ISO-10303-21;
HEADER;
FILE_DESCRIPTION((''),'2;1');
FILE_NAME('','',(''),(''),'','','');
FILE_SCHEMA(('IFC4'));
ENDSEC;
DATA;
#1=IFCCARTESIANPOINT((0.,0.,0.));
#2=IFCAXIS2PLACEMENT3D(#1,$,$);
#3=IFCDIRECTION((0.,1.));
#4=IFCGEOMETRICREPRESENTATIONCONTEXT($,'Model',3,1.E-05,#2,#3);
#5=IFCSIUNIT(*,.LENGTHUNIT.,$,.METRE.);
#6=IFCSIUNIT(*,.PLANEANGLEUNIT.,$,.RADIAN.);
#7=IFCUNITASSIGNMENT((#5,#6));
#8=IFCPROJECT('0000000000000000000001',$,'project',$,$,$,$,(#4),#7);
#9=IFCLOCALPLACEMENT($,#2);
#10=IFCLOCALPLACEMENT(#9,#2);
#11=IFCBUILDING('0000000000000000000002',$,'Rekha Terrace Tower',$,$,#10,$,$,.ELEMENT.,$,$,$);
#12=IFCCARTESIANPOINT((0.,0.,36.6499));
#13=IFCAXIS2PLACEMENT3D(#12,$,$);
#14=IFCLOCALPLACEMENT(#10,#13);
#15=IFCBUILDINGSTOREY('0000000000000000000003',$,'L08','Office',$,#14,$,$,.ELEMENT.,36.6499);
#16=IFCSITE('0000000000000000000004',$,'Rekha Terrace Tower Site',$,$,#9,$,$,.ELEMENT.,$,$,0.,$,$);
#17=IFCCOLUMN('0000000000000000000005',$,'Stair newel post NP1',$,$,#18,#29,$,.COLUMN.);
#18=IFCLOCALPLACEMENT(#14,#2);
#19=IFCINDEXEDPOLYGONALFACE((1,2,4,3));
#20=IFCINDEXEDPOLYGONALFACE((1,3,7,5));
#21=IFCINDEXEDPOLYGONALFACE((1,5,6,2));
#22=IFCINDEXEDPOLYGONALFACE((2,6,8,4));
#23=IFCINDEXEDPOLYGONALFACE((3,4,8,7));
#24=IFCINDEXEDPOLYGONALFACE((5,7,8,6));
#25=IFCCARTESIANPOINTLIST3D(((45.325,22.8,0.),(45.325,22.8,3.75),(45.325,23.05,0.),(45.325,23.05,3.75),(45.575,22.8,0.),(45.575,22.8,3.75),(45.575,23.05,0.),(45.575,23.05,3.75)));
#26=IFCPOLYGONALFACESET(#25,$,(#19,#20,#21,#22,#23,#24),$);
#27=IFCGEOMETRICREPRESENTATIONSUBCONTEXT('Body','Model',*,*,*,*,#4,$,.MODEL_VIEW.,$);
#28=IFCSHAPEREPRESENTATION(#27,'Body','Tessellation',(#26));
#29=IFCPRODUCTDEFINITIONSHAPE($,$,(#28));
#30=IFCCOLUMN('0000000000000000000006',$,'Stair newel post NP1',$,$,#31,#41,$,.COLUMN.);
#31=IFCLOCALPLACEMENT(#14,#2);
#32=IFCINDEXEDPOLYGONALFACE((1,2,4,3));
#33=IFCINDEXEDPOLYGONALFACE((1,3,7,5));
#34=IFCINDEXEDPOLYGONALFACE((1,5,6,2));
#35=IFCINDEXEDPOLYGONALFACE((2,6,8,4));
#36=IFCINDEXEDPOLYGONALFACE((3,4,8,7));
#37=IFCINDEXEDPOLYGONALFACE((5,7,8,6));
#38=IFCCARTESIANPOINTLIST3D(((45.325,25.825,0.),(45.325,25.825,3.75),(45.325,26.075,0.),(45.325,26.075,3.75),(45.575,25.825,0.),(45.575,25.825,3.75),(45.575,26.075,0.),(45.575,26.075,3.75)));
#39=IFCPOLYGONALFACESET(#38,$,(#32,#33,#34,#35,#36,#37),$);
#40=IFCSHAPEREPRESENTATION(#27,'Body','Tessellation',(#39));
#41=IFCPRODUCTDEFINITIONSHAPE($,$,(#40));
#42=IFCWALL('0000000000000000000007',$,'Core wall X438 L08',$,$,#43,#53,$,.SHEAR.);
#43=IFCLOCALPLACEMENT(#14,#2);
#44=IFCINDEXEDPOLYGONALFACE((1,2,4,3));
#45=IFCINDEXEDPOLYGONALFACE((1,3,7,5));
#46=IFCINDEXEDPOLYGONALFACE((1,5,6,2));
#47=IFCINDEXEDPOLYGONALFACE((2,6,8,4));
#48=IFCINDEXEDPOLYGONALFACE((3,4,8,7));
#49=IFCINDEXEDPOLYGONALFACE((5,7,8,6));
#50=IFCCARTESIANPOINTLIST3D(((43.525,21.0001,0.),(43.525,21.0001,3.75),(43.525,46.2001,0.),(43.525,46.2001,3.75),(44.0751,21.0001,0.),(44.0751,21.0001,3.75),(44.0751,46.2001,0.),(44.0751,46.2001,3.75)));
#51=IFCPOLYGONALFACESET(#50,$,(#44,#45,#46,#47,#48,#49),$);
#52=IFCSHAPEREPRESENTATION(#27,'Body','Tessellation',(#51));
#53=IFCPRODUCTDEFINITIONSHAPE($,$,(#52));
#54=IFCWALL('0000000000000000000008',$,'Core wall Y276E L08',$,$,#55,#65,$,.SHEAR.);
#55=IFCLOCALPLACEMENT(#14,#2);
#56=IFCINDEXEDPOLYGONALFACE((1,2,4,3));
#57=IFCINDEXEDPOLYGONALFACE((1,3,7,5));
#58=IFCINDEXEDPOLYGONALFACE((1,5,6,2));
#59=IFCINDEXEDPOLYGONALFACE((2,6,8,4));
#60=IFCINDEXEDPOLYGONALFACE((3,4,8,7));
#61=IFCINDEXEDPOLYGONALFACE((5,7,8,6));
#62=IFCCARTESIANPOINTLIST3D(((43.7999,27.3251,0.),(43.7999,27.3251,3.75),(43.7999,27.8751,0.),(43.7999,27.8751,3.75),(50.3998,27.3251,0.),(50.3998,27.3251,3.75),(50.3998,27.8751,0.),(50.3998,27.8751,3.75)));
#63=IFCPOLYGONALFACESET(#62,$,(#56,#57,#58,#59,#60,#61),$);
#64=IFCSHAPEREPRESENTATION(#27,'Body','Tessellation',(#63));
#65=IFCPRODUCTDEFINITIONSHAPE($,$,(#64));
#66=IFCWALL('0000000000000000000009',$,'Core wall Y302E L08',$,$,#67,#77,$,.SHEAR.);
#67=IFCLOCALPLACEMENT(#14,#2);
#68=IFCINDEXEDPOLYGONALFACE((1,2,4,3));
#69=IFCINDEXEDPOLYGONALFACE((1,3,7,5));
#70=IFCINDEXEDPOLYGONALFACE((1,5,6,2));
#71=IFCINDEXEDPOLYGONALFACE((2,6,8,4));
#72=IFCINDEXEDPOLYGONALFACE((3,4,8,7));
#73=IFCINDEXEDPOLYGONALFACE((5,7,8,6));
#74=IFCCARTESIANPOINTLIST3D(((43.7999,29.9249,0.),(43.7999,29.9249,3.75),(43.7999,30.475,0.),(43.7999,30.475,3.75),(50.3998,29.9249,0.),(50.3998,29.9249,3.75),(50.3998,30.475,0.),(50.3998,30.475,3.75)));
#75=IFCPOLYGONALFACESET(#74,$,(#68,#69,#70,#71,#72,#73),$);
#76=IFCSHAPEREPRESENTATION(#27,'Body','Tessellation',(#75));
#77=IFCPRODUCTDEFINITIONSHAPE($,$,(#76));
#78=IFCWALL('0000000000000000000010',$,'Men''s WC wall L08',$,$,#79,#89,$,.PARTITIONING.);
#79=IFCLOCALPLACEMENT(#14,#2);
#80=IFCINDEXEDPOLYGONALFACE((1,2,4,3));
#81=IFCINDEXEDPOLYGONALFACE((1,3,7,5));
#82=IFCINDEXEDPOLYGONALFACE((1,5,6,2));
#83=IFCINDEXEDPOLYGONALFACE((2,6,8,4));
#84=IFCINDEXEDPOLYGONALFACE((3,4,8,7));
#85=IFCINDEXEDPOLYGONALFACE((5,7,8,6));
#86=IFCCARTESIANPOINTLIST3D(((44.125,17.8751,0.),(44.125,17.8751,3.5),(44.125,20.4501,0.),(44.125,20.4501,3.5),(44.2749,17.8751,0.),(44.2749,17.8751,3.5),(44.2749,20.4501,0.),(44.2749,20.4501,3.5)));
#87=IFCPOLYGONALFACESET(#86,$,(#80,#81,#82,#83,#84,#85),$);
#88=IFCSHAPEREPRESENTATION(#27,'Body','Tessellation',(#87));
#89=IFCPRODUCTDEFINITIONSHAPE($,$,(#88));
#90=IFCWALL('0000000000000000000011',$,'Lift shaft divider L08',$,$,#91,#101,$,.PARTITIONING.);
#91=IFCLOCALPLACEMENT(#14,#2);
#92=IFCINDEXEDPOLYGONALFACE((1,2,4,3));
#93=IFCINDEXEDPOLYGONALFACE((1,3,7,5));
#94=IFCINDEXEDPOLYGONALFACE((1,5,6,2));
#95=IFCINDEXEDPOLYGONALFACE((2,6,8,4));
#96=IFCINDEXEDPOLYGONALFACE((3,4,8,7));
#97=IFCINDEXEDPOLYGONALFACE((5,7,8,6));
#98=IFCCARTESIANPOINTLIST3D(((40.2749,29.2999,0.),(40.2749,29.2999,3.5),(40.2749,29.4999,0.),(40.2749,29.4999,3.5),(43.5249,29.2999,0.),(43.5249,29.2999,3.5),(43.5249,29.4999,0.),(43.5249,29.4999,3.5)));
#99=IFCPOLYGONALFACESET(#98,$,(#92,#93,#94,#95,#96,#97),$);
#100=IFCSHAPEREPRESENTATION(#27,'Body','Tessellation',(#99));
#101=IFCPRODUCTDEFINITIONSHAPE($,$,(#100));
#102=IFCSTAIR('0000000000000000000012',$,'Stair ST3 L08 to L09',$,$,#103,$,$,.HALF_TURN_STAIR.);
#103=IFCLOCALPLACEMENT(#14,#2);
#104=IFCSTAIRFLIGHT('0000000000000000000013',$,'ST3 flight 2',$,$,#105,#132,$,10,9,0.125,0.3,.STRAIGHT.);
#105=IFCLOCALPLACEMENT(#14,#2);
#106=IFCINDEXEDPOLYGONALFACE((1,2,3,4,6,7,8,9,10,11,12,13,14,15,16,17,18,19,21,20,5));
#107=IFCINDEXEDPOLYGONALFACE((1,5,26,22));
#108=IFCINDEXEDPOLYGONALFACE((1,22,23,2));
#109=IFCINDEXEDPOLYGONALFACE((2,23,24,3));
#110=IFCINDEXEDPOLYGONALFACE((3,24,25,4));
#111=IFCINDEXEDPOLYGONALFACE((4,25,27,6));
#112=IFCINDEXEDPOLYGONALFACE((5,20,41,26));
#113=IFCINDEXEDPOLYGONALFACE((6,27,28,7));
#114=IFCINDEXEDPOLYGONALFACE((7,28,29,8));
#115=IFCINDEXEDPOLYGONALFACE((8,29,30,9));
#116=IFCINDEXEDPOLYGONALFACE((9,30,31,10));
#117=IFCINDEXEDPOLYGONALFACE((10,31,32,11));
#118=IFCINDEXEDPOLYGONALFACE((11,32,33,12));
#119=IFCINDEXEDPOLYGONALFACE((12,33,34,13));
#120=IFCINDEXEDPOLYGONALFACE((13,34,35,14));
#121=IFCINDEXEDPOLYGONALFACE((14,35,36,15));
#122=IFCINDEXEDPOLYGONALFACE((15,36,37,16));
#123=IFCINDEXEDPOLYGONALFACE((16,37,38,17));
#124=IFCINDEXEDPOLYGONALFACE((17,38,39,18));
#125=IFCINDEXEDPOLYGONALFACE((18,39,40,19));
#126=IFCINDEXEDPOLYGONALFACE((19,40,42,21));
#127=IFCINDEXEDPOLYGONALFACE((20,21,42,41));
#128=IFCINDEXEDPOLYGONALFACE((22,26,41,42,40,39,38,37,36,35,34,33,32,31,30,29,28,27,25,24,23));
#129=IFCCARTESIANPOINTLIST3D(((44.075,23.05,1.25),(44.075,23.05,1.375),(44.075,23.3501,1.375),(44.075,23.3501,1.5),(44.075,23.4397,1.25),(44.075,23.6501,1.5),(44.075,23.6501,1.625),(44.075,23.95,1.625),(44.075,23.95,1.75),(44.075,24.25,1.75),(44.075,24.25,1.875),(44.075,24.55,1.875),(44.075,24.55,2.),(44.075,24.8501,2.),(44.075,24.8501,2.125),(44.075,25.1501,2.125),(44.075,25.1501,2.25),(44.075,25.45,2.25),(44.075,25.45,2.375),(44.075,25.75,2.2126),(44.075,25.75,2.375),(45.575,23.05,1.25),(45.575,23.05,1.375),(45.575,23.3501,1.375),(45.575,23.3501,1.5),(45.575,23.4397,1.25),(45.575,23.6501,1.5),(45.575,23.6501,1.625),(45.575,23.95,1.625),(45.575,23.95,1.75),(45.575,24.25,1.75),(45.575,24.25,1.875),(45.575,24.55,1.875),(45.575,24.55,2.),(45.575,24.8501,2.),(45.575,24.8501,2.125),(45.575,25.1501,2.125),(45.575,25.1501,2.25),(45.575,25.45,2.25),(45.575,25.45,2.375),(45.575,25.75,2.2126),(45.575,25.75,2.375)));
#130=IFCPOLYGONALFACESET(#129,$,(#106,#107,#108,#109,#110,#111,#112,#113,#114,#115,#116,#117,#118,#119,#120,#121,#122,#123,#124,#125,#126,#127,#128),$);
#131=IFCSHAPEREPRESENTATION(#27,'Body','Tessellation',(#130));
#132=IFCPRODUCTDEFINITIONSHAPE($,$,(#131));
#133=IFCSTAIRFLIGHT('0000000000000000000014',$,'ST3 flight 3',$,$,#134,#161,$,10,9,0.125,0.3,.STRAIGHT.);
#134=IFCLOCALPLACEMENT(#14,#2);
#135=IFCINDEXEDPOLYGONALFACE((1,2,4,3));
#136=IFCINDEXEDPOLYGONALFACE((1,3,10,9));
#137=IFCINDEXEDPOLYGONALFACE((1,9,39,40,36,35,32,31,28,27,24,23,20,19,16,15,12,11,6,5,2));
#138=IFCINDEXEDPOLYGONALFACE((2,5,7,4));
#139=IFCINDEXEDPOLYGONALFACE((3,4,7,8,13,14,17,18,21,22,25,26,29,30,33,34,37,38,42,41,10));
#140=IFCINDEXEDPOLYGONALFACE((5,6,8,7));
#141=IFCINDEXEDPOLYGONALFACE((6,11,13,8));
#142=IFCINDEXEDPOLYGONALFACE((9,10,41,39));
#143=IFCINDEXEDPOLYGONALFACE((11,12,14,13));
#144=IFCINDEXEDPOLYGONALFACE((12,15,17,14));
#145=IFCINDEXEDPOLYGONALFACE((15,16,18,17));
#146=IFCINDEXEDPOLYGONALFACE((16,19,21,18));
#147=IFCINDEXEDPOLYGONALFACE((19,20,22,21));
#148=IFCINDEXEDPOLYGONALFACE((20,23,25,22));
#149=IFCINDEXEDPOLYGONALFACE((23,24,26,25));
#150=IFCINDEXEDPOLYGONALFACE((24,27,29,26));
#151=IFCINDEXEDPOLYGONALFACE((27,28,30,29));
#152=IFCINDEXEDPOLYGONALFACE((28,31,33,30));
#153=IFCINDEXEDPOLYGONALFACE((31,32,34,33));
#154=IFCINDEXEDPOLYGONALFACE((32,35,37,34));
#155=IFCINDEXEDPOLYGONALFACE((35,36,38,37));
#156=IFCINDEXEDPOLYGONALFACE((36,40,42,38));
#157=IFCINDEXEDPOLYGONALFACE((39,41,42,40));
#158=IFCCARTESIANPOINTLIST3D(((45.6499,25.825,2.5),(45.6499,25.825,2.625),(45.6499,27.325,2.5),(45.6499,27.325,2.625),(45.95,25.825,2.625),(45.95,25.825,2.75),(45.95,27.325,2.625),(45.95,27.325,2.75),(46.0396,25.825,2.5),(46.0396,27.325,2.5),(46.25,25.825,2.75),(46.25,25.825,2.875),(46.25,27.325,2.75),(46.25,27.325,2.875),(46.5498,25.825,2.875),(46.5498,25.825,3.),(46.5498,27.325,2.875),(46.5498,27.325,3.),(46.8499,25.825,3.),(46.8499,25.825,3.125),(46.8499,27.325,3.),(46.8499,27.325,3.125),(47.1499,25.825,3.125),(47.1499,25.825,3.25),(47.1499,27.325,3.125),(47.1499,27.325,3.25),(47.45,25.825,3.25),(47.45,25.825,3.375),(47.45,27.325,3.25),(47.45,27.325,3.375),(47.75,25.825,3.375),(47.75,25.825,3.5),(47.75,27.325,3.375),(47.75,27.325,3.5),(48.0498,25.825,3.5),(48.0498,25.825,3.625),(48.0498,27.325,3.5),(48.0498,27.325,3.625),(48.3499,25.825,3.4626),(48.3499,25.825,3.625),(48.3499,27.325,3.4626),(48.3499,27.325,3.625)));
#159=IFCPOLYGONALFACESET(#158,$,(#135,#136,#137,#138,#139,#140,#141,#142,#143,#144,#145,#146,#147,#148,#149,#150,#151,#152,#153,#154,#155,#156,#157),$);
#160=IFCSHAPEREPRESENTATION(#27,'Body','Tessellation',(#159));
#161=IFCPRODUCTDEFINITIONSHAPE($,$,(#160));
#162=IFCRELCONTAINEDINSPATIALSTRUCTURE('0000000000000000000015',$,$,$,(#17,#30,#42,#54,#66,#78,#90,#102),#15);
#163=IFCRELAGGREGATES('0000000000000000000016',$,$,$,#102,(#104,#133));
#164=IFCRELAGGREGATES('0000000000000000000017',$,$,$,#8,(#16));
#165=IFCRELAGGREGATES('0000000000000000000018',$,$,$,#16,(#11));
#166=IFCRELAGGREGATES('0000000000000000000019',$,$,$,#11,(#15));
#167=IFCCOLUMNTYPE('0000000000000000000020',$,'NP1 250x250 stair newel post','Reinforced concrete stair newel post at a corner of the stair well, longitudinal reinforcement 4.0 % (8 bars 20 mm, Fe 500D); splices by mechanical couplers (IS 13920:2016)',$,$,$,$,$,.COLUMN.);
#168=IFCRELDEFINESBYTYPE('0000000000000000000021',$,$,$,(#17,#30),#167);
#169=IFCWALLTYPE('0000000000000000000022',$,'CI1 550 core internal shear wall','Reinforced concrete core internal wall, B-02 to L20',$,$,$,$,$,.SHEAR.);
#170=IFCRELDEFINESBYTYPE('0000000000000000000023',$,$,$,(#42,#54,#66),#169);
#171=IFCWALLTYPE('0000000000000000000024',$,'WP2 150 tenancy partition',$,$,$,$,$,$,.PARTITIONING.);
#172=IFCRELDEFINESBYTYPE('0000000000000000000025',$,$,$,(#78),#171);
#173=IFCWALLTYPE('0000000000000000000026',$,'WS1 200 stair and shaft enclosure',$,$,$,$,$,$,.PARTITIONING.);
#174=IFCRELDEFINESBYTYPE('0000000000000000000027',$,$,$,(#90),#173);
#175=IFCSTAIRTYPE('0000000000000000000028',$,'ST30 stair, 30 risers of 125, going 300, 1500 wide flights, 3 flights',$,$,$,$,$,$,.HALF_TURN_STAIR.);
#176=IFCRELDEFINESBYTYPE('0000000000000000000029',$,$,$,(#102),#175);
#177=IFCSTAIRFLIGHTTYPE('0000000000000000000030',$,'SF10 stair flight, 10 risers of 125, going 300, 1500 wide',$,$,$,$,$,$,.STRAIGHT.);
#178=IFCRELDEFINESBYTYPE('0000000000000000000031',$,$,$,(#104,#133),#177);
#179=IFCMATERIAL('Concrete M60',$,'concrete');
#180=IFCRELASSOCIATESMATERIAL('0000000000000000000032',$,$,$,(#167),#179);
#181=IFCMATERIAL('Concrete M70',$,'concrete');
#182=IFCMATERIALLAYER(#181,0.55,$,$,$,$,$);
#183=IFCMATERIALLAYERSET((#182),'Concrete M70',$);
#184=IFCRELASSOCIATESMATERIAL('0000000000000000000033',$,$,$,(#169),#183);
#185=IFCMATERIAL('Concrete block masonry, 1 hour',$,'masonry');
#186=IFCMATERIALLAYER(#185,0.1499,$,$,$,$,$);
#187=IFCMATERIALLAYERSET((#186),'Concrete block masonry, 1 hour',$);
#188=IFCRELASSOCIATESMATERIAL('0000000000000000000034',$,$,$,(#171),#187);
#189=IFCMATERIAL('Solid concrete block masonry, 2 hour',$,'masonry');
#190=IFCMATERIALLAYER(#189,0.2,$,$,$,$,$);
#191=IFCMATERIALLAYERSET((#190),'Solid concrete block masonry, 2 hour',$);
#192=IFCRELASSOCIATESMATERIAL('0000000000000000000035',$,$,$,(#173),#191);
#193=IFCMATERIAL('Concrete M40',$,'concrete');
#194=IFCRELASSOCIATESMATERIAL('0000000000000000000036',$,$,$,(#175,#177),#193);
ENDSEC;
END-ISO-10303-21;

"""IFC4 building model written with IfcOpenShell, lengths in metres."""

from ifc_helpers import new_model, si_unit, direction, frame, frame_2d, origin, origin_2d, place, context, subcontext, project, spatial, polyline, rectangle, outline, extrude, material, layer, layer_set, material_profile, profile_set, type_object, element, aggregate, save


model = new_model("IFC4")

# Units and contexts
model_context = context("Model", 3, precision=1e-05, world=origin(), true_north=direction((0.0, 1.0)))
body_context = subcontext(model_context, "Body", "Model", "MODEL_VIEW")
ifc_project = project(units=[si_unit("LENGTHUNIT", "METRE"), si_unit("PLANEANGLEUNIT", "RADIAN")], contexts=[model_context])

# Site, building, storey
site_placement = place(None, origin())
site = spatial("IfcSite", under=ifc_project, at=site_placement, Name="Rekha Terrace Tower Site", CompositionType="ELEMENT", RefElevation=0.0)
building_placement = place(site_placement, origin())
building = spatial("IfcBuilding", under=site, at=building_placement, Name="Rekha Terrace Tower", CompositionType="ELEMENT")
storey_placement = place(building_placement, frame((0.0, 0.0, 36.6499)))
storey = spatial("IfcBuildingStorey", under=building, at=storey_placement, Name="L08", Description="Office", CompositionType="ELEMENT", Elevation=36.6499)

# Columns
ifc_material_1 = material(Name="Concrete M60", Category="concrete")
ifc_material_profile = material_profile(ifc_material_1, rectangle(XDim=0.25, YDim=0.25, at=origin_2d()), Name="RC 250x250")
ifc_profile_set = profile_set([ifc_material_profile], Name="Concrete M60")
column_type = type_object("IfcColumnType", Name="NP1 250x250 stair newel post", Description="Reinforced concrete stair newel post at a corner of the stair well, longitudinal reinforcement 4.0 % (8 bars 20 mm, Fe 500D); splices by mechanical couplers (IS 13920:2016)", PredefinedType="COLUMN", material=ifc_profile_set)
for number, where, z_axis, x_axis, name in (
    (1, (45.45, 22.925, 0.0), (0.0, 0.0, 1.0), (1.0, 0.0, 0.0), "Stair newel post NP1"),
    (2, (45.45, 25.95, 0.0), (0.0, 0.0, 1.0), (1.0, 0.0, 0.0), "Stair newel post NP1"),
):
    element("IfcColumn", number, at=place(storey_placement, frame(where, z_axis=z_axis, x_axis=x_axis)), inside=storey, type_object=column_type, Name=name, PredefinedType="COLUMN", context=body_context, shape_type="SweptSolid", body=[
        extrude(rectangle(XDim=0.25, YDim=0.25, at=origin_2d()), origin(), (0.0, 0.0, 1.0), 3.75),
    ])

# Walls
ifc_material_2 = material(Name="Concrete M70", Category="concrete")
ifc_layer_1 = layer(ifc_material_2, 0.55)
ifc_layer_set_1 = layer_set([ifc_layer_1], Name="Concrete M70")
wall_type_1 = type_object("IfcWallType", Name="CI1 550 core internal shear wall", Description="Reinforced concrete core internal wall, B-02 to L20", PredefinedType="SHEAR", material=ifc_layer_set_1)
wall_1_placement = place(storey_placement, frame((43.8, 21.0, 0.0), z_axis=(0.0, 0.0, 1.0), x_axis=(0.0, 1.0, 0.0)))
element("IfcWall", 3, at=wall_1_placement, inside=storey, type_object=wall_type_1, Name="Core wall X438 L08", PredefinedType="SHEAR", context=body_context, shape_type="SweptSolid", body=[
    extrude(rectangle(XDim=25.2, YDim=0.55, at=frame_2d((12.6001, 0.0))), origin(), (0.0, 0.0, 1.0), 3.75),
])
for number, where, z_axis, x_axis, name in (
    (4, (43.8, 27.6001, 0.0), (0.0, 0.0, 1.0), (1.0, 0.0, 0.0), "Core wall Y276E L08"),
    (5, (43.8, 30.2, 0.0), (0.0, 0.0, 1.0), (1.0, 0.0, 0.0), "Core wall Y302E L08"),
):
    element("IfcWall", number, at=place(storey_placement, frame(where, z_axis=z_axis, x_axis=x_axis)), inside=storey, type_object=wall_type_1, Name=name, PredefinedType="SHEAR", context=body_context, shape_type="SweptSolid", body=[
        extrude(rectangle(XDim=6.5999, YDim=0.55, at=frame_2d((3.2998, 0.0))), origin(), (0.0, 0.0, 1.0), 3.75),
    ])
ifc_material_3 = material(Name="Concrete block masonry, 1 hour", Category="masonry")
ifc_layer_2 = layer(ifc_material_3, 0.1499)
ifc_layer_set_2 = layer_set([ifc_layer_2], Name="Concrete block masonry, 1 hour")
wall_type_2 = type_object("IfcWallType", Name="WP2 150 tenancy partition", PredefinedType="PARTITIONING", material=ifc_layer_set_2)
wall_2_placement = place(storey_placement, frame((44.2, 17.875, 0.0), z_axis=(0.0, 0.0, 1.0), x_axis=(0.0, 1.0, 0.0)))
element("IfcWall", 6, at=wall_2_placement, inside=storey, type_object=wall_type_2, Name="Men's WC wall L08", PredefinedType="PARTITIONING", context=body_context, shape_type="SweptSolid", body=[
    extrude(rectangle(XDim=2.575, YDim=0.1499, at=frame_2d((1.2876, 0.0))), origin(), (0.0, 0.0, 1.0), 3.5),
])
ifc_material_4 = material(Name="Solid concrete block masonry, 2 hour", Category="masonry")
ifc_layer_3 = layer(ifc_material_4, 0.2)
ifc_layer_set_3 = layer_set([ifc_layer_3], Name="Solid concrete block masonry, 2 hour")
wall_type_3 = type_object("IfcWallType", Name="WS1 200 stair and shaft enclosure", PredefinedType="PARTITIONING", material=ifc_layer_set_3)
wall_3_placement = place(storey_placement, frame((40.2749, 29.3999, 0.0), z_axis=(0.0, 0.0, 1.0), x_axis=(1.0, 0.0, 0.0)))
element("IfcWall", 7, at=wall_3_placement, inside=storey, type_object=wall_type_3, Name="Lift shaft divider L08", PredefinedType="PARTITIONING", context=body_context, shape_type="SweptSolid", body=[
    extrude(rectangle(XDim=3.25, YDim=0.2, at=frame_2d((1.625, 0.0))), origin(), (0.0, 0.0, 1.0), 3.5),
])

# Stair, stair flights
ifc_material_5 = material(Name="Concrete M40", Category="concrete")
stair_type = type_object("IfcStairType", Name="ST30 stair, 30 risers of 125, going 300, 1500 wide flights, 3 flights", PredefinedType="HALF_TURN_STAIR", material=ifc_material_5)
stair_placement = place(storey_placement, origin())
stair = element("IfcStair", 8, at=stair_placement, inside=storey, type_object=stair_type, Name="Stair ST3 L08 to L09", PredefinedType="HALF_TURN_STAIR")
stair_flight_type = type_object("IfcStairFlightType", Name="SF10 stair flight, 10 risers of 125, going 300, 1500 wide", PredefinedType="STRAIGHT", material=ifc_material_5)
stair_flight_1_placement = place(storey_placement, frame((44.825, 23.05, 1.25), z_axis=(0.0, 0.0, 1.0), x_axis=(0.0, 1.0, 0.0)))
stair_flight_1 = element("IfcStairFlight", 9, at=stair_flight_1_placement, type_object=stair_flight_type, Name="ST3 flight 2", NumberOfRisers=10, NumberOfTreads=9, PredefinedType="STRAIGHT", RiserHeight=0.125, TreadLength=0.3, context=body_context, shape_type="SweptSolid", body=[
    extrude(outline(polyline([(0.0, 0.0), (0.0, 0.125), (0.3, 0.125), (0.3, 0.25), (0.6001, 0.25), (0.6001, 0.375), (0.8999, 0.375), (0.8999, 0.5), (1.2, 0.5), (1.2, 0.625), (1.5, 0.625), (1.5, 0.75), (1.8, 0.75), (1.8, 0.875), (2.1001, 0.875), (2.1001, 1.0), (2.3999, 1.0), (2.3999, 1.125), (2.7, 1.125), (2.7, 1.25), (2.7, 0.9626), (0.3896, 0.0), (0.0, 0.0)])), frame((0.0, 0.75, 0.0), z_axis=(0.0, -1.0, 0.0), x_axis=(1.0, 0.0, 0.0)), (0.0, 0.0, 1.0), 1.5),
])
stair_flight_2_placement = place(storey_placement, frame((45.6499, 26.575, 2.5), z_axis=(0.0, 0.0, 1.0), x_axis=(1.0, 0.0, 0.0)))
stair_flight_2 = element("IfcStairFlight", 10, at=stair_flight_2_placement, type_object=stair_flight_type, Name="ST3 flight 3", NumberOfRisers=10, NumberOfTreads=9, PredefinedType="STRAIGHT", RiserHeight=0.125, TreadLength=0.3, context=body_context, shape_type="SweptSolid", body=[
    extrude(outline(polyline([(0.0, 0.0), (0.0, 0.125), (0.3, 0.125), (0.3, 0.25), (0.6001, 0.25), (0.6001, 0.375), (0.8999, 0.375), (0.8999, 0.5), (1.2, 0.5), (1.2, 0.625), (1.5, 0.625), (1.5, 0.75), (1.8, 0.75), (1.8, 0.875), (2.1001, 0.875), (2.1001, 1.0), (2.3999, 1.0), (2.3999, 1.125), (2.7, 1.125), (2.7, 1.25), (2.7, 0.9626), (0.3896, 0.0), (0.0, 0.0)])), frame((0.0, 0.75, 0.0), z_axis=(0.0, -1.0, 0.0), x_axis=(1.0, 0.0, 0.0)), (0.0, 0.0, 1.0), 1.5),
])
aggregate(stair, [stair_flight_1, stair_flight_2])

save(model, "model.ifc")
